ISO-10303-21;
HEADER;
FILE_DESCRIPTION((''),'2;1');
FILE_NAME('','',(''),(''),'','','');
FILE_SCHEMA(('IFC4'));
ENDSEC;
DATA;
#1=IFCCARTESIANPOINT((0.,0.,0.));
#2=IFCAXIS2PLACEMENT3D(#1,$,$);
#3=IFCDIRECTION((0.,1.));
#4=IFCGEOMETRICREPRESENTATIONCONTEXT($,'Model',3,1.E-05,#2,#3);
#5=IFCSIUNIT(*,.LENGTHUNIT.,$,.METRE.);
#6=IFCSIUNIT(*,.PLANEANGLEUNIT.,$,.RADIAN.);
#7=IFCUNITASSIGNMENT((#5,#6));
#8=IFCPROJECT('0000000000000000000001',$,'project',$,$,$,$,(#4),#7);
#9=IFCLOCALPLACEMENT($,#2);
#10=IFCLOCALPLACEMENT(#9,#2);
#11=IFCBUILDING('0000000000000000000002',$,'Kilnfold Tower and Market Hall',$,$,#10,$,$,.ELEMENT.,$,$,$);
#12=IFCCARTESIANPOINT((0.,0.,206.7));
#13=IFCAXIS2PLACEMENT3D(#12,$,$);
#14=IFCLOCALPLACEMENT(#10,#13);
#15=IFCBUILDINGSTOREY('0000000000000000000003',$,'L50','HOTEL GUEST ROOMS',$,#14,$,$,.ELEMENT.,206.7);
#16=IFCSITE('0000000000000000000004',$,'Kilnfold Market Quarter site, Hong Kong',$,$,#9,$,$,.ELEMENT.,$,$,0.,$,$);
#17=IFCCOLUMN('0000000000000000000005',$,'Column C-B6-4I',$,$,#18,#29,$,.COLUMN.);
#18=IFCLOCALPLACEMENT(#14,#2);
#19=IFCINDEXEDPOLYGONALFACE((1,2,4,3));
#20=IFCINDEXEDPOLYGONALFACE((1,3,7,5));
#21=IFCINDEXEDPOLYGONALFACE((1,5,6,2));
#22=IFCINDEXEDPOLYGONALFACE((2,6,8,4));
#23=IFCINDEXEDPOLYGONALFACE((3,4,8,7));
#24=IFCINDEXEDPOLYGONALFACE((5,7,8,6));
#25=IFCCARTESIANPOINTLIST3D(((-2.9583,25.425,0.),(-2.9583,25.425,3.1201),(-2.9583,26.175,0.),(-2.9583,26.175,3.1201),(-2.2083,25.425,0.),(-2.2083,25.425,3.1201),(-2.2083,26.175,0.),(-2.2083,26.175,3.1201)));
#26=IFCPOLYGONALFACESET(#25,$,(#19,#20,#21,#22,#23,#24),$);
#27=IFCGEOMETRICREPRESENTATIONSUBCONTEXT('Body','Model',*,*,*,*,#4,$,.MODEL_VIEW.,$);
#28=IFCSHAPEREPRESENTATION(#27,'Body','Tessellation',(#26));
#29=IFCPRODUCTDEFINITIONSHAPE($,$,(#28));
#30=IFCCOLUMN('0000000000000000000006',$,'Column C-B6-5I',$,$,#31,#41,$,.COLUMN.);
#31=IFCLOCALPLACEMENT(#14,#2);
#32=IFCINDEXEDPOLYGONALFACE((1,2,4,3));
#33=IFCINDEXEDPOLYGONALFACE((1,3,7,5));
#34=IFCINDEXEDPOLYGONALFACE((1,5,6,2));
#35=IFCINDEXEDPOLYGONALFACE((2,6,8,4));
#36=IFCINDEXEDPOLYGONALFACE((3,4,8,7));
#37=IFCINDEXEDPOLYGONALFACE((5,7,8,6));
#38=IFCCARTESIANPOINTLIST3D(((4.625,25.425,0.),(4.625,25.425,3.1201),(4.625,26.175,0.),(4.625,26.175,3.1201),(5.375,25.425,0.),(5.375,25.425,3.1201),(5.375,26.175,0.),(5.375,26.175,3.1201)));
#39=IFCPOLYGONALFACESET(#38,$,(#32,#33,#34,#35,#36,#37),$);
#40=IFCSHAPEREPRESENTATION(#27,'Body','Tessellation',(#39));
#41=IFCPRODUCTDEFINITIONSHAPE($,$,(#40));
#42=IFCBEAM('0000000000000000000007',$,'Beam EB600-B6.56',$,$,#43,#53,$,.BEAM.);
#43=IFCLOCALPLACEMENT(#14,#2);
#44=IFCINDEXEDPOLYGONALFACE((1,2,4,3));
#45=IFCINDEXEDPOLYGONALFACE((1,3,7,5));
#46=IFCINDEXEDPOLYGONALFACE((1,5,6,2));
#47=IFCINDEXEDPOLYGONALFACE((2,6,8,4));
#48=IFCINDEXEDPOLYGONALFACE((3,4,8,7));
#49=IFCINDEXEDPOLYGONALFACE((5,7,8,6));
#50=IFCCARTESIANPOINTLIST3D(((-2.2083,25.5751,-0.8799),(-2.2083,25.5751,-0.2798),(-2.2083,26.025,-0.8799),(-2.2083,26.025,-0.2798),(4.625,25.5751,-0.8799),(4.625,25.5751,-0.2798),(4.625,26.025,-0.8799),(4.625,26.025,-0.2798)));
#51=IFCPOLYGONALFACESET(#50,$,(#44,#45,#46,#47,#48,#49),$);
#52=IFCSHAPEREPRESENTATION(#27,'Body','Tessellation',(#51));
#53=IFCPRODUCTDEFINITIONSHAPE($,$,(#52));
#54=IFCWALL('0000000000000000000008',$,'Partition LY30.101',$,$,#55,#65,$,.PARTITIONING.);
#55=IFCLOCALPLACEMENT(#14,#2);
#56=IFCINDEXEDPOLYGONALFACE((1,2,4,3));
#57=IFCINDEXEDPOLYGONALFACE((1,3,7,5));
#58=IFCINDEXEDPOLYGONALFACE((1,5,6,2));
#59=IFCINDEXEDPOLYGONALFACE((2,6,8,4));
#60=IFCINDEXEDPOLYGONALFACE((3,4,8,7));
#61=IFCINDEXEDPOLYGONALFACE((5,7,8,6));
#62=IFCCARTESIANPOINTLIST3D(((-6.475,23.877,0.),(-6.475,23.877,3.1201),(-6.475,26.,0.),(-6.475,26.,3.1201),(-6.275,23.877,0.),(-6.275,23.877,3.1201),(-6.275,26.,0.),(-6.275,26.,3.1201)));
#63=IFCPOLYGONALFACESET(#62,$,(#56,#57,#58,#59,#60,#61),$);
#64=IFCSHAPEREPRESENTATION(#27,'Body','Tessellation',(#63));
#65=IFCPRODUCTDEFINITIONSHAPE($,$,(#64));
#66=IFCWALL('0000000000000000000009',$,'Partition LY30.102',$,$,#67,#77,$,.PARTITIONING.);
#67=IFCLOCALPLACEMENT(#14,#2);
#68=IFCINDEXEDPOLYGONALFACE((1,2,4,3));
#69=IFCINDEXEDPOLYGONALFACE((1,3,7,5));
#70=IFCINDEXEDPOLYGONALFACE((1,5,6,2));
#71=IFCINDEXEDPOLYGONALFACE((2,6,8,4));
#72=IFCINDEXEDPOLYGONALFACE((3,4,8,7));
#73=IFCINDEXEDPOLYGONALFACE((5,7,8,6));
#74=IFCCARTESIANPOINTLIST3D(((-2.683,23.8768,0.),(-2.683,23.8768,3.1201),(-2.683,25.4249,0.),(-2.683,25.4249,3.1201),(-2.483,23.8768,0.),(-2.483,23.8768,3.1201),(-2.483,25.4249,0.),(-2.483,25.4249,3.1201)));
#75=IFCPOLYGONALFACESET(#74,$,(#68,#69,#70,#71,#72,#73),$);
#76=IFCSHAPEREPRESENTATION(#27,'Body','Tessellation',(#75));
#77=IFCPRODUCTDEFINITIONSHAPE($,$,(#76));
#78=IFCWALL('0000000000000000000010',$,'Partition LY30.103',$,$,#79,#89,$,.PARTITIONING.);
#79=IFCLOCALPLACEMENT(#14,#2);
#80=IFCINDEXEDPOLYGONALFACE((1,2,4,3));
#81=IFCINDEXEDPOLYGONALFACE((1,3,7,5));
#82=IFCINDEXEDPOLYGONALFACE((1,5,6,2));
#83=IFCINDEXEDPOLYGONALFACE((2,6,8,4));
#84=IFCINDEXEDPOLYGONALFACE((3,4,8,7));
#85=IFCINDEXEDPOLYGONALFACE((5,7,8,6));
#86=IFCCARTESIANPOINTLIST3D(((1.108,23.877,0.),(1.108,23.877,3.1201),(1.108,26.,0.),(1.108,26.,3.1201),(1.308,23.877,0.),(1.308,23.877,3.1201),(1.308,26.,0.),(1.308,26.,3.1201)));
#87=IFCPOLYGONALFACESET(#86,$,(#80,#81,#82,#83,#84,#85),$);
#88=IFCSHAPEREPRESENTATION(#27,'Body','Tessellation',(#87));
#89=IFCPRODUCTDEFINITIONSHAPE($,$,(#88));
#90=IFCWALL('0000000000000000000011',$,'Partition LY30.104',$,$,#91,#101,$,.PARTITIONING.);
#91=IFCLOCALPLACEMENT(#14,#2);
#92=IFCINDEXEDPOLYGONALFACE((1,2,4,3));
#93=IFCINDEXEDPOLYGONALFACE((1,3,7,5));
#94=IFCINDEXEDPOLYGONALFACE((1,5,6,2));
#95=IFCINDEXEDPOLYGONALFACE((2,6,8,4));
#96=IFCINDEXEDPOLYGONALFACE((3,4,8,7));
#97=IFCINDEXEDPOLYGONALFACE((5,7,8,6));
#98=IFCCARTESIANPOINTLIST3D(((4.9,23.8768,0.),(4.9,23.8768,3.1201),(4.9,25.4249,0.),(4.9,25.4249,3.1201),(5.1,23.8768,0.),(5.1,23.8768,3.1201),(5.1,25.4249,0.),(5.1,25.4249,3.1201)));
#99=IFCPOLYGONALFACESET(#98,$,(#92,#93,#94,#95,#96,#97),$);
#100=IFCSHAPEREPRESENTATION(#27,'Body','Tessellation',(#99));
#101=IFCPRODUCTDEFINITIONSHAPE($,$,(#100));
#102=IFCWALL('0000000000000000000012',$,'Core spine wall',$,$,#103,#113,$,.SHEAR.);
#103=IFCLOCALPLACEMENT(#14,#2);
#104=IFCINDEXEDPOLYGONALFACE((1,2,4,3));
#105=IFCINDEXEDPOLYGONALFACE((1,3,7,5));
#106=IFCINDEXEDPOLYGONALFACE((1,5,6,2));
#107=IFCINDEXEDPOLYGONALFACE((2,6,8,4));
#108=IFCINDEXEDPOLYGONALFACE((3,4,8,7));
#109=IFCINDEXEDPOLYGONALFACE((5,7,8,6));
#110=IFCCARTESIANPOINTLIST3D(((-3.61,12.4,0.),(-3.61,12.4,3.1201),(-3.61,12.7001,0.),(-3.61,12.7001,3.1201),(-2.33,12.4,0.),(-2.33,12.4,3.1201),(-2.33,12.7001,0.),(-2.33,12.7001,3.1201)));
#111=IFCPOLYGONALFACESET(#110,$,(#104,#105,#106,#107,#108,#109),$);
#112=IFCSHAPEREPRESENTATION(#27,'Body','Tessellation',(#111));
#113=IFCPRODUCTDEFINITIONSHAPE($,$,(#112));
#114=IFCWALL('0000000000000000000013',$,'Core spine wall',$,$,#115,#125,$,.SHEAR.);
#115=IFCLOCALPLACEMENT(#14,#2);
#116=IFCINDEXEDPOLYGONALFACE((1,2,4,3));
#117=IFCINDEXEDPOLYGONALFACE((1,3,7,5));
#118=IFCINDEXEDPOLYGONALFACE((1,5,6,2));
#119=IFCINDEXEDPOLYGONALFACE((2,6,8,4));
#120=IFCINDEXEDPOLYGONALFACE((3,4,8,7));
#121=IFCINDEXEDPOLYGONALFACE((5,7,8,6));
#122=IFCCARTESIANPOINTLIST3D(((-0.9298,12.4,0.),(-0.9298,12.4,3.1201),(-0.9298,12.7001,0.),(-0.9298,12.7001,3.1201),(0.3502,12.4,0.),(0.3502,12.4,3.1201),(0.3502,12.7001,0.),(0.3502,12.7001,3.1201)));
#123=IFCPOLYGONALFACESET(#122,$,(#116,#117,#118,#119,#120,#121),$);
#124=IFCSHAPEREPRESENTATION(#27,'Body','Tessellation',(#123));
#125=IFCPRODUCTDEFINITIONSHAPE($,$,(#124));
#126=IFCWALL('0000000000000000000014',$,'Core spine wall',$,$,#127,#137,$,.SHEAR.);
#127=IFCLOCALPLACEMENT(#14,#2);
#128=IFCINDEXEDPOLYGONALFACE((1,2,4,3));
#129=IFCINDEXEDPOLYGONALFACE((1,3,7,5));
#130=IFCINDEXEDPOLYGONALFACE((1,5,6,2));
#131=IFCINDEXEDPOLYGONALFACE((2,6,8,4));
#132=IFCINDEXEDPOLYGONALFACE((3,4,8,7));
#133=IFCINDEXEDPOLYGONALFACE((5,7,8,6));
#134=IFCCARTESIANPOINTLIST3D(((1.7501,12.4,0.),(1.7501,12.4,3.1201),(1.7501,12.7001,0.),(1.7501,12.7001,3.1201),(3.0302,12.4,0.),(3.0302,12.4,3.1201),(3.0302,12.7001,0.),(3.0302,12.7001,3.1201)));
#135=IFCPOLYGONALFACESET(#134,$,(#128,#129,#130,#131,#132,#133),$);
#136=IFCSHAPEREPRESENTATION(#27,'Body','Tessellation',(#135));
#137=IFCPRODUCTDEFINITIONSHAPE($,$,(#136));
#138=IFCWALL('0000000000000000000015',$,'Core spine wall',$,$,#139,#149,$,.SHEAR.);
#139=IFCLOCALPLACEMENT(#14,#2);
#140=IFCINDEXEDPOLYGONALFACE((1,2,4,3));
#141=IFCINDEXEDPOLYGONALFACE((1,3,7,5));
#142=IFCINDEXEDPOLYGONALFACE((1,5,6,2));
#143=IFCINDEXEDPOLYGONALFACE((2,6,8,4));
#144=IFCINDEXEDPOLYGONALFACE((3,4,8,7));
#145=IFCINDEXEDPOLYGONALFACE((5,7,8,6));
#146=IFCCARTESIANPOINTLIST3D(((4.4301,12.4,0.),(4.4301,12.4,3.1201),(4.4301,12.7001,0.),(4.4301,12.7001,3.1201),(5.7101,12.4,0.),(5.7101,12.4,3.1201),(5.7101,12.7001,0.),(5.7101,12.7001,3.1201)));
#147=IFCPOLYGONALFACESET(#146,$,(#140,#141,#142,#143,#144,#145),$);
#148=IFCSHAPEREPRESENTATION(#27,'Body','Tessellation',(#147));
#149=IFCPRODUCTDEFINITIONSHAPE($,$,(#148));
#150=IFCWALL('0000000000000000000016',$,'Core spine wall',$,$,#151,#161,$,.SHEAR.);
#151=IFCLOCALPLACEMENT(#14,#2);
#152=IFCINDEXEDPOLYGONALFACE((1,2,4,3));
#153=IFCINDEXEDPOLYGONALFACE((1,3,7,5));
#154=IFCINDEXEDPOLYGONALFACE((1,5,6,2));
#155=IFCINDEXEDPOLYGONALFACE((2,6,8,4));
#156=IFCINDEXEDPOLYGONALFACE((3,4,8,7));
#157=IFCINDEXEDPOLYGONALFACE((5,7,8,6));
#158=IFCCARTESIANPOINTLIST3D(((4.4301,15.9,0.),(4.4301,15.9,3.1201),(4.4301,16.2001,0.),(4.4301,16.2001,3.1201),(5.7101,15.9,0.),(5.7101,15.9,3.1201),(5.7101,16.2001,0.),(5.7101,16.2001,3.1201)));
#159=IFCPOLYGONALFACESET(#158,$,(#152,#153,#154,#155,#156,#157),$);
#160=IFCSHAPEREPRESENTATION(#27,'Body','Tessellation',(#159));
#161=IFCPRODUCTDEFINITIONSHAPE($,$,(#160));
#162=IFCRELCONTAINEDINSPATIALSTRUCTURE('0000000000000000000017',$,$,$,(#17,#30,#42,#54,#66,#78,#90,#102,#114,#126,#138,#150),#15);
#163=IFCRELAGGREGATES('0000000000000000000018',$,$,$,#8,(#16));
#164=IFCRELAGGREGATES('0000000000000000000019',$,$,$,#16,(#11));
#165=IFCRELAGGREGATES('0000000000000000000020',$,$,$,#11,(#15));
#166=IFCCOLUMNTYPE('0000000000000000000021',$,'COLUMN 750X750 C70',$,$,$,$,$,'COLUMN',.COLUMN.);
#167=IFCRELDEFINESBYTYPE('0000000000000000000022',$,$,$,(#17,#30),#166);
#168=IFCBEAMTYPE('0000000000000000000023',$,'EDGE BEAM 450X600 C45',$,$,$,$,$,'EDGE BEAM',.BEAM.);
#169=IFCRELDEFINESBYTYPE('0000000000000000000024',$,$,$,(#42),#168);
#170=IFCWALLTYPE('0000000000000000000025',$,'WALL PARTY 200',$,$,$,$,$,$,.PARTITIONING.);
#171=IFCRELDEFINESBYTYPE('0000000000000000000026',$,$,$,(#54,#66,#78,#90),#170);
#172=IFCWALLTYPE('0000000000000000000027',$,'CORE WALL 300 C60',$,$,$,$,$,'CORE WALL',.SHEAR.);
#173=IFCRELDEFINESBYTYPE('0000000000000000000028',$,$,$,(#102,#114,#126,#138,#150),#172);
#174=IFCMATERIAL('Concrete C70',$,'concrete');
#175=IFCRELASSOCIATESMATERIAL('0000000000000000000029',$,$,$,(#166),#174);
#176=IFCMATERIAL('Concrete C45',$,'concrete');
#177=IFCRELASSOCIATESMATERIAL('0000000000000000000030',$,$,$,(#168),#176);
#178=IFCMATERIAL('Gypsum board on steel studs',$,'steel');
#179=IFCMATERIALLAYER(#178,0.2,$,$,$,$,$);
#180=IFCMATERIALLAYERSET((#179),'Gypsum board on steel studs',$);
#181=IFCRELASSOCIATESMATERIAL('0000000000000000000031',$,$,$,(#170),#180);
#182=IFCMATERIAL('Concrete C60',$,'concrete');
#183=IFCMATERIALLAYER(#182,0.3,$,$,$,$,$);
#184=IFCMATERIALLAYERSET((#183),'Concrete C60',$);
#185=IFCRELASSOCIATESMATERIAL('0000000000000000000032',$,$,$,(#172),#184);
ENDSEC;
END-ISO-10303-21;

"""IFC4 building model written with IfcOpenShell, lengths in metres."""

from ifc_helpers import new_model, si_unit, direction, frame, frame_2d, origin, origin_2d, place, context, subcontext, project, spatial, rectangle, extrude, source, transform, mapped, material, layer, layer_set, material_profile, profile_set, type_object, element, save


model = new_model("IFC4")

# Units and contexts
model_context = context("Model", 3, precision=1e-05, world=origin(), true_north=direction((0.0, 1.0)))
body_context = subcontext(model_context, "Body", "Model", "MODEL_VIEW")
ifc_project = project(units=[si_unit("LENGTHUNIT", "METRE"), si_unit("PLANEANGLEUNIT", "RADIAN")], contexts=[model_context])

# Site, building, storey
site_placement = place(None, origin())
site = spatial("IfcSite", under=ifc_project, at=site_placement, Name="Kilnfold Market Quarter site, Hong Kong", CompositionType="ELEMENT", RefElevation=0.0)
building_placement = place(site_placement, origin())
building = spatial("IfcBuilding", under=site, at=building_placement, Name="Kilnfold Tower and Market Hall", CompositionType="ELEMENT")
storey_placement = place(building_placement, frame((0.0, 0.0, 206.7)))
storey = spatial("IfcBuildingStorey", under=building, at=storey_placement, Name="L50", Description="HOTEL GUEST ROOMS", CompositionType="ELEMENT", Elevation=206.7)

# Columns
ifc_material_1 = material(Name="Concrete C70", Category="concrete")
ifc_material_profile_1 = material_profile(ifc_material_1, rectangle(XDim=0.75, YDim=0.75, at=origin_2d()), Name="RC 750x750")
ifc_profile_set_1 = profile_set([ifc_material_profile_1], Name="Concrete C70")
column_type = type_object("IfcColumnType", Name="COLUMN 750X750 C70", ElementType="COLUMN", PredefinedType="COLUMN", material=ifc_profile_set_1)
shared_shape_1 = source(origin(), body_context, "Body", "SweptSolid", [
    extrude(rectangle(XDim=0.75, YDim=0.75, at=origin_2d()), origin(), (0.0, 0.0, 1.0), 3.1201),
])
for number, where, z_axis, x_axis, name in (
    (1, (-2.5833, 25.8, 0.0), (0.0, 0.0, 1.0), (1.0, 0.0, 0.0), "Column C-B6-4I"),
    (2, (5.0, 25.8, 0.0), (0.0, 0.0, 1.0), (1.0, 0.0, 0.0), "Column C-B6-5I"),
):
    element("IfcColumn", number, at=place(storey_placement, frame(where, z_axis=z_axis, x_axis=x_axis)), inside=storey, type_object=column_type, Name=name, PredefinedType="COLUMN", context=body_context, shape_type="MappedRepresentation", body=[
        mapped(shared_shape_1, transform((0.0, 0.0, 0.0))),
    ])

# Beam
ifc_material_2 = material(Name="Concrete C45", Category="concrete")
ifc_material_profile_2 = material_profile(ifc_material_2, rectangle(XDim=0.45, YDim=0.6001, at=origin_2d()), Name="RC 450x600")
ifc_profile_set_2 = profile_set([ifc_material_profile_2], Name="Concrete C45")
beam_type = type_object("IfcBeamType", Name="EDGE BEAM 450X600 C45", ElementType="EDGE BEAM", PredefinedType="BEAM", material=ifc_profile_set_2)
shared_shape_2 = source(origin(), body_context, "Body", "SweptSolid", [
    extrude(rectangle(XDim=0.45, YDim=0.6001, at=origin_2d()), origin(), (0.0, 0.0, 1.0), 6.8333),
])
beam_placement = place(storey_placement, frame((-2.2083, 25.8, -0.5798), z_axis=(1.0, 0.0, 0.0), x_axis=(0.0, 1.0, 0.0)))
element("IfcBeam", 3, at=beam_placement, inside=storey, type_object=beam_type, Name="Beam EB600-B6.56", PredefinedType="BEAM", context=body_context, shape_type="MappedRepresentation", body=[
    mapped(shared_shape_2, transform((0.0, 0.0, 0.0))),
])

# Walls
ifc_material_3 = material(Name="Gypsum board on steel studs", Category="steel")
ifc_layer_1 = layer(ifc_material_3, 0.2)
ifc_layer_set_1 = layer_set([ifc_layer_1], Name="Gypsum board on steel studs")
wall_type_1 = type_object("IfcWallType", Name="WALL PARTY 200", PredefinedType="PARTITIONING", material=ifc_layer_set_1)
wall_1_placement = place(storey_placement, frame((-6.375, 23.877, 0.0), z_axis=(0.0, 0.0, 1.0), x_axis=(0.0, 1.0, 0.0)))
element("IfcWall", 4, at=wall_1_placement, inside=storey, type_object=wall_type_1, Name="Partition LY30.101", PredefinedType="PARTITIONING", context=body_context, shape_type="SweptSolid", body=[
    extrude(rectangle(XDim=2.123, YDim=0.2, at=frame_2d((1.0615, 0.0))), origin(), (0.0, 0.0, 1.0), 3.1201),
])
wall_2_placement = place(storey_placement, frame((-2.583, 23.877, 0.0), z_axis=(0.0, 0.0, 1.0), x_axis=(0.0, 1.0, 0.0)))
element("IfcWall", 5, at=wall_2_placement, inside=storey, type_object=wall_type_1, Name="Partition LY30.102", PredefinedType="PARTITIONING", context=body_context, shape_type="SweptSolid", body=[
    extrude(rectangle(XDim=1.5481, YDim=0.2, at=frame_2d((0.7739, 0.0))), origin(), (0.0, 0.0, 1.0), 3.1201),
])
wall_3_placement = place(storey_placement, frame((1.208, 23.877, 0.0), z_axis=(0.0, 0.0, 1.0), x_axis=(0.0, 1.0, 0.0)))
element("IfcWall", 6, at=wall_3_placement, inside=storey, type_object=wall_type_1, Name="Partition LY30.103", PredefinedType="PARTITIONING", context=body_context, shape_type="SweptSolid", body=[
    extrude(rectangle(XDim=2.123, YDim=0.2, at=frame_2d((1.0615, 0.0))), origin(), (0.0, 0.0, 1.0), 3.1201),
])
wall_4_placement = place(storey_placement, frame((5.0, 23.877, 0.0), z_axis=(0.0, 0.0, 1.0), x_axis=(0.0, 1.0, 0.0)))
element("IfcWall", 7, at=wall_4_placement, inside=storey, type_object=wall_type_1, Name="Partition LY30.104", PredefinedType="PARTITIONING", context=body_context, shape_type="SweptSolid", body=[
    extrude(rectangle(XDim=1.5481, YDim=0.2, at=frame_2d((0.7739, 0.0))), origin(), (0.0, 0.0, 1.0), 3.1201),
])
ifc_material_4 = material(Name="Concrete C60", Category="concrete")
ifc_layer_2 = layer(ifc_material_4, 0.3)
ifc_layer_set_2 = layer_set([ifc_layer_2], Name="Concrete C60")
wall_type_2 = type_object("IfcWallType", Name="CORE WALL 300 C60", ElementType="CORE WALL", PredefinedType="SHEAR", material=ifc_layer_set_2)
shared_shape_3 = source(origin(), body_context, "Body", "SweptSolid", [
    extrude(rectangle(XDim=1.28, YDim=0.3, at=frame_2d((0.6401, 0.0))), origin(), (0.0, 0.0, 1.0), 3.1201),
])
for number, where, z_axis, x_axis, name in (
    (8, (-3.6101, 12.55, 0.0), (0.0, 0.0, 1.0), (1.0, 0.0, 0.0), "Core spine wall"),
    (9, (-0.9299, 12.55, 0.0), (0.0, 0.0, 1.0), (1.0, 0.0, 0.0), "Core spine wall"),
    (10, (1.75, 12.55, 0.0), (0.0, 0.0, 1.0), (1.0, 0.0, 0.0), "Core spine wall"),
    (11, (4.4299, 12.55, 0.0), (0.0, 0.0, 1.0), (1.0, 0.0, 0.0), "Core spine wall"),
    (12, (4.4299, 16.05, 0.0), (0.0, 0.0, 1.0), (1.0, 0.0, 0.0), "Core spine wall"),
):
    element("IfcWall", number, at=place(storey_placement, frame(where, z_axis=z_axis, x_axis=x_axis)), inside=storey, type_object=wall_type_2, Name=name, PredefinedType="SHEAR", context=body_context, shape_type="MappedRepresentation", body=[
        mapped(shared_shape_3, transform((0.0, 0.0, 0.0))),
    ])

save(model, "model.ifc")
